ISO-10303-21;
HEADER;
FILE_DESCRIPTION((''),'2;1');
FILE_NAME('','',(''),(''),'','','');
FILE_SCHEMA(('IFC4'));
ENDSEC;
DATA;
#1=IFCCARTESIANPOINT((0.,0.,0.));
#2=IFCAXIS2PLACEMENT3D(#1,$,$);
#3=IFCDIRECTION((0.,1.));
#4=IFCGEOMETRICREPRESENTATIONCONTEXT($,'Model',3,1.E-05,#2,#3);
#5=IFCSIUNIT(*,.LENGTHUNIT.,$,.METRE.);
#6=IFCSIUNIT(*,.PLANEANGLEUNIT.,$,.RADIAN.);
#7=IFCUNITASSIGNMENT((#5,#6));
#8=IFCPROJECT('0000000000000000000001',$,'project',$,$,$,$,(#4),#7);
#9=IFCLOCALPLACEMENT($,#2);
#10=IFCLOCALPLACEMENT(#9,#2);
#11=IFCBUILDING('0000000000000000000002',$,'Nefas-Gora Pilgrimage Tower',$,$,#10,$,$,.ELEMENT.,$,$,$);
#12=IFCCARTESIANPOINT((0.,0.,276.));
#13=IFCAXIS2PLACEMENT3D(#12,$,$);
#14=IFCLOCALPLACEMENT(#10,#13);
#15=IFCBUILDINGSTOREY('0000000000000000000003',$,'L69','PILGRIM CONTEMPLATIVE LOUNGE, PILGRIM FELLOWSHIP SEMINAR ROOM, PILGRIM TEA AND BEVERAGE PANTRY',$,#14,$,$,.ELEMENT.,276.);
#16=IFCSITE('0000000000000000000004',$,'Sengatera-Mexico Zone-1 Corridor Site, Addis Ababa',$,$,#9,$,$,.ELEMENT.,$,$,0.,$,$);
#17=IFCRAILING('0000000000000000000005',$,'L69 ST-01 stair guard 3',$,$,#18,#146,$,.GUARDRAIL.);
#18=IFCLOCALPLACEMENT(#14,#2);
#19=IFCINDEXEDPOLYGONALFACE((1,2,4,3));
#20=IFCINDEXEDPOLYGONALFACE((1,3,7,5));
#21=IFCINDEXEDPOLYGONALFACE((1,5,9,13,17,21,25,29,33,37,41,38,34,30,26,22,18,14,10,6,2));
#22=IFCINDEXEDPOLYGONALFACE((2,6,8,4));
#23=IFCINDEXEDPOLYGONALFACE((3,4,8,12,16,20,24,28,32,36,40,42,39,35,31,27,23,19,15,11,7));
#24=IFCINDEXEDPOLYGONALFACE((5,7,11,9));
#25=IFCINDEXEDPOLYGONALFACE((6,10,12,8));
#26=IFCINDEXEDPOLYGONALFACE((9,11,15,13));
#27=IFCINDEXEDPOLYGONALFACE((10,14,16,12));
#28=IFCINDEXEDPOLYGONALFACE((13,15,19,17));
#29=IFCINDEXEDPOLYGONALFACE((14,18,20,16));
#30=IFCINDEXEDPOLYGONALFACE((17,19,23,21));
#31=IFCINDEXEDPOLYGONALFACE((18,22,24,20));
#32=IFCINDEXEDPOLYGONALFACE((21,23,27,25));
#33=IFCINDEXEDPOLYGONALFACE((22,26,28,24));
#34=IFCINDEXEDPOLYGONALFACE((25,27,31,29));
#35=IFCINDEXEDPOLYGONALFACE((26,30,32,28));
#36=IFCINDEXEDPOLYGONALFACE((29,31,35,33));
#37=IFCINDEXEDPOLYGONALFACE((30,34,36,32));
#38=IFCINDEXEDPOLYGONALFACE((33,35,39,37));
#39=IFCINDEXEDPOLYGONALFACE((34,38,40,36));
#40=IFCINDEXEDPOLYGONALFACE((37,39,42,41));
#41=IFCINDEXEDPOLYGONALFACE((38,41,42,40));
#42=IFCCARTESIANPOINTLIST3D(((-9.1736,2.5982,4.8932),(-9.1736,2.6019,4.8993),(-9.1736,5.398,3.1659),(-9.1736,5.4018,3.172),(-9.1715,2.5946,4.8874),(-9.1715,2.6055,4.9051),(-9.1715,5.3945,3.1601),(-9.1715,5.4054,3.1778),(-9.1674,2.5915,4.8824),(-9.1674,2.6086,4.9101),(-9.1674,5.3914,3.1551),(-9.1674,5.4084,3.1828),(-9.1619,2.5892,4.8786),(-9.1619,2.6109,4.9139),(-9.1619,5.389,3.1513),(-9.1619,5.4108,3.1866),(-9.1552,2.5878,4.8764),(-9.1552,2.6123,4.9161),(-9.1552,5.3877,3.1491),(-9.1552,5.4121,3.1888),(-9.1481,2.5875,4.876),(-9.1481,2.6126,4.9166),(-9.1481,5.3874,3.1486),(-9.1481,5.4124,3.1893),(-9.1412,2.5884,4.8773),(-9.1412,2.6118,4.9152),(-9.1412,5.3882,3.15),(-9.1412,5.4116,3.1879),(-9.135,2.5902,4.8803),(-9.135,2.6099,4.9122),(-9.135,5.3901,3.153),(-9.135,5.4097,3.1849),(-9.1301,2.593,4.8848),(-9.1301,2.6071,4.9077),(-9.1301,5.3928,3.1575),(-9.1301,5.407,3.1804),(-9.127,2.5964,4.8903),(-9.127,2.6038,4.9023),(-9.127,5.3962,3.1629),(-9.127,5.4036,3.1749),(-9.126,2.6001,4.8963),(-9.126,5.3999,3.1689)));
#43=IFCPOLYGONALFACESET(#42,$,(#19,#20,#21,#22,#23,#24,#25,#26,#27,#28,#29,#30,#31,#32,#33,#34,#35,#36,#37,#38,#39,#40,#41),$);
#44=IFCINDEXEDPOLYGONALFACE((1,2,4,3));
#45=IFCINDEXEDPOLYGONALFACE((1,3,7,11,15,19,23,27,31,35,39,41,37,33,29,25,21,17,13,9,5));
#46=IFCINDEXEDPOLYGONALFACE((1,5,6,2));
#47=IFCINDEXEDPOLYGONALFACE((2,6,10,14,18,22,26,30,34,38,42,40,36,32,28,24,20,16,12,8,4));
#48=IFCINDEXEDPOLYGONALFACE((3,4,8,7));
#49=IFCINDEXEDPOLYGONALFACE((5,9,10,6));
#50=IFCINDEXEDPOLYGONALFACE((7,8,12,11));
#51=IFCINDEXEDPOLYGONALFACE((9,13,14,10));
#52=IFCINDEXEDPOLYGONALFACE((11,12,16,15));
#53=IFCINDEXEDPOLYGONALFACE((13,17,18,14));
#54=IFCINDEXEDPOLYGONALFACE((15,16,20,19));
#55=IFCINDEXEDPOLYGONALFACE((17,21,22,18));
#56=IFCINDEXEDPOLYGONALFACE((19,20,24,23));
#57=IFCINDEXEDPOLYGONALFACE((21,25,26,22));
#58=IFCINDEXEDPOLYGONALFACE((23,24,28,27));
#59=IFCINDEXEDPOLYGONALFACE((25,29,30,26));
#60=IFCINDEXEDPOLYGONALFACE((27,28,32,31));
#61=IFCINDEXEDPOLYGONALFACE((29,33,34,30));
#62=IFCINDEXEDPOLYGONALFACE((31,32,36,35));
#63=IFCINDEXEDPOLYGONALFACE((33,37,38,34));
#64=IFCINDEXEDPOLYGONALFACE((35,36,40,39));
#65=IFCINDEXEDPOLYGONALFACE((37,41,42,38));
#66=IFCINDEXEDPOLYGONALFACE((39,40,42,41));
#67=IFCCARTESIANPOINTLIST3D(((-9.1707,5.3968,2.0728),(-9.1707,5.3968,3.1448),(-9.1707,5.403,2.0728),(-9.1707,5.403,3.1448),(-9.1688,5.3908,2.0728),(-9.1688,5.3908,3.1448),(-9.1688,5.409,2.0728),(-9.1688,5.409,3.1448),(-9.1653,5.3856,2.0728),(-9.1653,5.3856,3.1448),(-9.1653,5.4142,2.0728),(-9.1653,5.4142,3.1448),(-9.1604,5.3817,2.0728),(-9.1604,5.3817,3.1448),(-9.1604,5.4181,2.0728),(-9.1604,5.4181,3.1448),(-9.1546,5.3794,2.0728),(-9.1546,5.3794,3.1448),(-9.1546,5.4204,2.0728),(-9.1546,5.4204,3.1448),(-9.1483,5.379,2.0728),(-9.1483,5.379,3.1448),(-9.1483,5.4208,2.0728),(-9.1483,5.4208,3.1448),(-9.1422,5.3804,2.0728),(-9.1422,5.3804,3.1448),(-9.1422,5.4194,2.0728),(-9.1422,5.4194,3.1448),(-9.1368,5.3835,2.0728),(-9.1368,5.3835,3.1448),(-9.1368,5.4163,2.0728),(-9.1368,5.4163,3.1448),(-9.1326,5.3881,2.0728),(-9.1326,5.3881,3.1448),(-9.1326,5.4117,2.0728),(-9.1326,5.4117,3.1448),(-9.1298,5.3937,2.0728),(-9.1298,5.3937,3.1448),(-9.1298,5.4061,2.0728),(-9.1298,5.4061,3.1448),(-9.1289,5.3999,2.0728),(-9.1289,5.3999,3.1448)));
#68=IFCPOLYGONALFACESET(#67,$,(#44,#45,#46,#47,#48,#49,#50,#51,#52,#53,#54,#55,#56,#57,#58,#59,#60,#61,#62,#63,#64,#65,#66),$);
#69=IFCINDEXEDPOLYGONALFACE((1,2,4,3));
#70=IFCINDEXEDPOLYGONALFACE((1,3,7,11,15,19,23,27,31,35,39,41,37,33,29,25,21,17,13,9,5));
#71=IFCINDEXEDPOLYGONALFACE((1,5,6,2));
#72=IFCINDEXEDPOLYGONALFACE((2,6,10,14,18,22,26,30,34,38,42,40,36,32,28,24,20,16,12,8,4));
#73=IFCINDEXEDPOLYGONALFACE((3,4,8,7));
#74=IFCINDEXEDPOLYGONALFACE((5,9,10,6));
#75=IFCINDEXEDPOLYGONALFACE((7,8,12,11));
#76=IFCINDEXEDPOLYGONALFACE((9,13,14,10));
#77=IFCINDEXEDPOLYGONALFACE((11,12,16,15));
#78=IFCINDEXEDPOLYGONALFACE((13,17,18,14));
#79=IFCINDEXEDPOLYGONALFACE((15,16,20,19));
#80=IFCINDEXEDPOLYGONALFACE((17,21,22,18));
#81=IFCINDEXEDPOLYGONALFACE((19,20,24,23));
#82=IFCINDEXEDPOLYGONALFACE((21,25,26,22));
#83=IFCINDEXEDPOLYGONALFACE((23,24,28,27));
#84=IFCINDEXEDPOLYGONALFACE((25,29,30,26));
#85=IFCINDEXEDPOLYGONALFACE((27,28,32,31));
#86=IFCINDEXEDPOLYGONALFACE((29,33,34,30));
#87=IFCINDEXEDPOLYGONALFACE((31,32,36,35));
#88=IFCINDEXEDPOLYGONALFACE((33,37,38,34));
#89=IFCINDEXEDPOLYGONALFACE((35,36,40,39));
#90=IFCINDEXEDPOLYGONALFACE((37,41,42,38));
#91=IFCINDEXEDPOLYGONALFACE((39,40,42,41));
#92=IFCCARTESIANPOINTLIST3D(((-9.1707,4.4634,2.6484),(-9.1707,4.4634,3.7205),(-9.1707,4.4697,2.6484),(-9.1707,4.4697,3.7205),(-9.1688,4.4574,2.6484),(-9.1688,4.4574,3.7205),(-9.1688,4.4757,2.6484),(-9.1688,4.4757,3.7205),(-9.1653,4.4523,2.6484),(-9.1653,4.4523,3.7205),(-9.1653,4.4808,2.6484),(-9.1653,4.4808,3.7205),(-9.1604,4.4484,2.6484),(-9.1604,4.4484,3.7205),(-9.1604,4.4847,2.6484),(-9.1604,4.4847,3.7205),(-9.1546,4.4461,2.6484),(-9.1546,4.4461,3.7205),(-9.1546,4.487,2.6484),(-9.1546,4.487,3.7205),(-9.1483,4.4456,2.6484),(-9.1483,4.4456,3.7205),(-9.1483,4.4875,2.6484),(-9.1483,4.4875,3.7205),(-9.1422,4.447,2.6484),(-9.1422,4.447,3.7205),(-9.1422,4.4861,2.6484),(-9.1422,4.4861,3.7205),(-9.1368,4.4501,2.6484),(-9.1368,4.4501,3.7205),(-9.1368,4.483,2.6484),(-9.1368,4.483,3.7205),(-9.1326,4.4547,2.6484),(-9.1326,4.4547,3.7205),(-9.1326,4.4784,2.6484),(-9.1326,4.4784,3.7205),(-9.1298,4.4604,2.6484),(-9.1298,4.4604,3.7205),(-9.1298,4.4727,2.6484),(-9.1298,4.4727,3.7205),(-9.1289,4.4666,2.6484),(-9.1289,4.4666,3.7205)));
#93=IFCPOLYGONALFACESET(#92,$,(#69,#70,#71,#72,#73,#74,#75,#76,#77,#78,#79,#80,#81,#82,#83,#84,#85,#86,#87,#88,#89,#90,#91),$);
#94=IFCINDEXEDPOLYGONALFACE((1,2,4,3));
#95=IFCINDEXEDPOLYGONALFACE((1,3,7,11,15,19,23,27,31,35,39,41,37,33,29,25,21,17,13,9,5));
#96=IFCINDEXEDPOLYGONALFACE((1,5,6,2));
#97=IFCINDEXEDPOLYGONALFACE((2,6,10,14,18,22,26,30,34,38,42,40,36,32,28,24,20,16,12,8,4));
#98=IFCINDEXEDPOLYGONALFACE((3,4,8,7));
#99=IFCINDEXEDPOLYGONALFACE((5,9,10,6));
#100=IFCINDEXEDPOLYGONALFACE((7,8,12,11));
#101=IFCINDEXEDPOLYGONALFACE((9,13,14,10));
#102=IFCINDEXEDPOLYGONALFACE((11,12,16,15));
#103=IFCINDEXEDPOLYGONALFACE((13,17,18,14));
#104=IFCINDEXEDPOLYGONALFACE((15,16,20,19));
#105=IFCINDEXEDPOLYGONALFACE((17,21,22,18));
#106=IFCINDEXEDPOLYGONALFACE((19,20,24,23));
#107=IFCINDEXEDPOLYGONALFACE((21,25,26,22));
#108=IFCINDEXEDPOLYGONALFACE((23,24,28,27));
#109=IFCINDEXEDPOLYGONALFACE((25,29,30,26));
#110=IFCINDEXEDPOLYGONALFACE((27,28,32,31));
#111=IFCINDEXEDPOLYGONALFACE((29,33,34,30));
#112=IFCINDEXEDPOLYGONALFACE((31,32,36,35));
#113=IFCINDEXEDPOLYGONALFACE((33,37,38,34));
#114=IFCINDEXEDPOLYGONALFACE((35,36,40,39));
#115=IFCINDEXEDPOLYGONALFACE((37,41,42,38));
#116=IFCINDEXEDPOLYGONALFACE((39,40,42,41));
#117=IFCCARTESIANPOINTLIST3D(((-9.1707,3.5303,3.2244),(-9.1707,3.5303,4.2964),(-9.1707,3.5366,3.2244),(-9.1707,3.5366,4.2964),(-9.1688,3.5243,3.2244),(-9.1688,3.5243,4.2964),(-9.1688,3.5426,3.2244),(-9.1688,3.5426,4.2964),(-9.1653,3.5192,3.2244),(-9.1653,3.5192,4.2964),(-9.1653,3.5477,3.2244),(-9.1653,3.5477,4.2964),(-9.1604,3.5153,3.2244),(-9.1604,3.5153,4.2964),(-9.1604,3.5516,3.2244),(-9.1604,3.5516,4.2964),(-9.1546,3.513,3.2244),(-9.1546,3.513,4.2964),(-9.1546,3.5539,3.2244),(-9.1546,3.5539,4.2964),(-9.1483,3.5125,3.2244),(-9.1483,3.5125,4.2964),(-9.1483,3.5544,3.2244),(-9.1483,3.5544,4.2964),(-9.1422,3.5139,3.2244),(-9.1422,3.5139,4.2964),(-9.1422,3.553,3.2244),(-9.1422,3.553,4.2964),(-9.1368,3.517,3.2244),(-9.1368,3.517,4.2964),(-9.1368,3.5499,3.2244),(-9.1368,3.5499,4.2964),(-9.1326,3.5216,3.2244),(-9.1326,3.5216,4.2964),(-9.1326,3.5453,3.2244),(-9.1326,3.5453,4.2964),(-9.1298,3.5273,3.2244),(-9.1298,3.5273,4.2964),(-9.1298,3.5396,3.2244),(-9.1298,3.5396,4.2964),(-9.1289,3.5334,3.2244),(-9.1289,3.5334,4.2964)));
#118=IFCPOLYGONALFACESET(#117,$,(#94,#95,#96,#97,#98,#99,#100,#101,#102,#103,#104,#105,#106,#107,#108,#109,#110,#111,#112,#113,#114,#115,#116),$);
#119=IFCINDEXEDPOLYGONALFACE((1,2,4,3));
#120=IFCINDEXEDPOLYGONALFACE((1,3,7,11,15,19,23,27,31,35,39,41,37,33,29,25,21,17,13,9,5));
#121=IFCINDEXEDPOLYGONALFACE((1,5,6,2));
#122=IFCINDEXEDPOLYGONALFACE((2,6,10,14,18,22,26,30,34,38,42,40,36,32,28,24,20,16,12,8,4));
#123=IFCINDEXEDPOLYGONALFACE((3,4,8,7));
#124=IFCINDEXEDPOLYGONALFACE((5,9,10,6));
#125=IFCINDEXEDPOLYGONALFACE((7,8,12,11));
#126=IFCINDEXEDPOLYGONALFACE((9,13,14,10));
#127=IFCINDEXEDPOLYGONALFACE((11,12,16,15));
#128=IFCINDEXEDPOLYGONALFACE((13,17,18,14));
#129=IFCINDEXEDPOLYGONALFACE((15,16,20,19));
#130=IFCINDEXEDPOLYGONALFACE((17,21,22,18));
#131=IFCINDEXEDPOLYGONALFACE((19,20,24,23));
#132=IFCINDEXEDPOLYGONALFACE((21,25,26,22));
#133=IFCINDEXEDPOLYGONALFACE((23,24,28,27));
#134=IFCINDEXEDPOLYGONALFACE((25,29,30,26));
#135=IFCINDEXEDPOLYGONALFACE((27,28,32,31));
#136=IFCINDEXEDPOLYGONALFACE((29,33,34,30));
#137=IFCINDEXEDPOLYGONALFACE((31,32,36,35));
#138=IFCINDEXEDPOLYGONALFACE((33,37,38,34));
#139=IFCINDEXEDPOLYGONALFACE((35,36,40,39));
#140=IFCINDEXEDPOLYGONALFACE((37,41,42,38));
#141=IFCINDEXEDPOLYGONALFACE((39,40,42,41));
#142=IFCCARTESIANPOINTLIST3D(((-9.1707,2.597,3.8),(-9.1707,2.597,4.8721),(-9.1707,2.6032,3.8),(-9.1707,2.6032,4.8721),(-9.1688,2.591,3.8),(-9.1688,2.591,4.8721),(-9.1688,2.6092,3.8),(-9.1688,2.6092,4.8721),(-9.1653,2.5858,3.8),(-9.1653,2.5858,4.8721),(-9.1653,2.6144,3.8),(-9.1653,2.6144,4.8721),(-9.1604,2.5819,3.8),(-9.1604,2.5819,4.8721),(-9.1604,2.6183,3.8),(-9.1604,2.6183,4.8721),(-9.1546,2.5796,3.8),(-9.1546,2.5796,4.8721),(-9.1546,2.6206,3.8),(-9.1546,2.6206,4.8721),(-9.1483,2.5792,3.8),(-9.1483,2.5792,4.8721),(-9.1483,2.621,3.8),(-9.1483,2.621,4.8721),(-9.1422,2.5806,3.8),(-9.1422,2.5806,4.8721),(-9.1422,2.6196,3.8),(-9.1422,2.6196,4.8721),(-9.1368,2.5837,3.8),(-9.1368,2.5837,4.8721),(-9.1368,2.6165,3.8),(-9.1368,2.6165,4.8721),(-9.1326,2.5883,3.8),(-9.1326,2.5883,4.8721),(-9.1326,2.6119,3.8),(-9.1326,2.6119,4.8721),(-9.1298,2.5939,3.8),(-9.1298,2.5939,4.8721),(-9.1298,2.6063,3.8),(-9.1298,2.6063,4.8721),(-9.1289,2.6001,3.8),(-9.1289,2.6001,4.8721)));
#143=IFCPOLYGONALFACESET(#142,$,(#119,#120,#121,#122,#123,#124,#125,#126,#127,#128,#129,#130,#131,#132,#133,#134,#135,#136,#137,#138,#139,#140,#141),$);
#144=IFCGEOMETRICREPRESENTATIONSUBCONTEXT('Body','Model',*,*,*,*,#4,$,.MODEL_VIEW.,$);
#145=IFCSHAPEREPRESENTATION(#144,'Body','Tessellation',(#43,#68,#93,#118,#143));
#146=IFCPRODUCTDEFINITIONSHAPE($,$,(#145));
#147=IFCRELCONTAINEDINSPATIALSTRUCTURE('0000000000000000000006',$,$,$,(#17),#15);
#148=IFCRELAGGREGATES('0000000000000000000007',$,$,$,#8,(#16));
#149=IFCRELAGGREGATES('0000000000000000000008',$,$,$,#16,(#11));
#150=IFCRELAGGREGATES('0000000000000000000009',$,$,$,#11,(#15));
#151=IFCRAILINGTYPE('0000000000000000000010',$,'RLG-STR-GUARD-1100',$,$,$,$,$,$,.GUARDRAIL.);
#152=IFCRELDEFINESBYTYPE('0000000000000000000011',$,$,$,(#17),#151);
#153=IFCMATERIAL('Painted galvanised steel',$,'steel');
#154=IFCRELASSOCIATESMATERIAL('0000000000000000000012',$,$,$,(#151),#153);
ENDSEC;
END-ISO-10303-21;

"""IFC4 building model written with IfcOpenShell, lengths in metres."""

from ifc_helpers import new_model, si_unit, direction, frame, origin, origin_2d, place, context, subcontext, project, spatial, circle, extrude, material, type_object, element, save


model = new_model("IFC4")

# Units and contexts
model_context = context("Model", 3, precision=1e-05, world=origin(), true_north=direction((0.0, 1.0)))
body_context = subcontext(model_context, "Body", "Model", "MODEL_VIEW")
ifc_project = project(units=[si_unit("LENGTHUNIT", "METRE"), si_unit("PLANEANGLEUNIT", "RADIAN")], contexts=[model_context])

# Site, building, storey
site_placement = place(None, origin())
site = spatial("IfcSite", under=ifc_project, at=site_placement, Name="Sengatera-Mexico Zone-1 Corridor Site, Addis Ababa", CompositionType="ELEMENT", RefElevation=0.0)
building_placement = place(site_placement, origin())
building = spatial("IfcBuilding", under=site, at=building_placement, Name="Nefas-Gora Pilgrimage Tower", CompositionType="ELEMENT")
storey_placement = place(building_placement, frame((0.0, 0.0, 276.0)))
storey = spatial("IfcBuildingStorey", under=building, at=storey_placement, Name="L69", Description="PILGRIM CONTEMPLATIVE LOUNGE, PILGRIM FELLOWSHIP SEMINAR ROOM, PILGRIM TEA AND BEVERAGE PANTRY", CompositionType="ELEMENT", Elevation=276.0)

# Railing
ifc_material_1 = material(Name="Painted galvanised steel", Category="steel")
railing_type_1 = type_object("IfcRailingType", Name="RLG-STR-GUARD-1100", PredefinedType="GUARDRAIL", material=ifc_material_1)
railing_1_placement = place(storey_placement, frame((-9.1499, 5.3999, 2.0728)))
element("IfcRailing", 1, at=railing_1_placement, inside=storey, type_object=railing_type_1, Name="L69 ST-01 stair guard 3", PredefinedType="GUARDRAIL", context=body_context, shape_type="SweptSolid", body=[
    extrude(circle(Radius=0.0239, at=origin_2d()), frame((0.0, 0.0, 1.0962), z_axis=(0.0, -0.851069, 0.525054), x_axis=(1.0, 0.0, 0.0)), (0.0, 0.0, 1.0), 3.2898),
    extrude(circle(Radius=0.021, at=origin_2d()), origin(), (0.0, 0.0, 1.0), 1.072),
    extrude(circle(Radius=0.021, at=origin_2d()), frame((0.0, -0.9333, 0.5757)), (0.0, 0.0, 1.0), 1.072),
    extrude(circle(Radius=0.021, at=origin_2d()), frame((0.0, -1.8665, 1.1516)), (0.0, 0.0, 1.0), 1.072),
    extrude(circle(Radius=0.021, at=origin_2d()), frame((0.0, -2.7998, 1.7273)), (0.0, 0.0, 1.0), 1.072),
])

save(model, "model.ifc")
